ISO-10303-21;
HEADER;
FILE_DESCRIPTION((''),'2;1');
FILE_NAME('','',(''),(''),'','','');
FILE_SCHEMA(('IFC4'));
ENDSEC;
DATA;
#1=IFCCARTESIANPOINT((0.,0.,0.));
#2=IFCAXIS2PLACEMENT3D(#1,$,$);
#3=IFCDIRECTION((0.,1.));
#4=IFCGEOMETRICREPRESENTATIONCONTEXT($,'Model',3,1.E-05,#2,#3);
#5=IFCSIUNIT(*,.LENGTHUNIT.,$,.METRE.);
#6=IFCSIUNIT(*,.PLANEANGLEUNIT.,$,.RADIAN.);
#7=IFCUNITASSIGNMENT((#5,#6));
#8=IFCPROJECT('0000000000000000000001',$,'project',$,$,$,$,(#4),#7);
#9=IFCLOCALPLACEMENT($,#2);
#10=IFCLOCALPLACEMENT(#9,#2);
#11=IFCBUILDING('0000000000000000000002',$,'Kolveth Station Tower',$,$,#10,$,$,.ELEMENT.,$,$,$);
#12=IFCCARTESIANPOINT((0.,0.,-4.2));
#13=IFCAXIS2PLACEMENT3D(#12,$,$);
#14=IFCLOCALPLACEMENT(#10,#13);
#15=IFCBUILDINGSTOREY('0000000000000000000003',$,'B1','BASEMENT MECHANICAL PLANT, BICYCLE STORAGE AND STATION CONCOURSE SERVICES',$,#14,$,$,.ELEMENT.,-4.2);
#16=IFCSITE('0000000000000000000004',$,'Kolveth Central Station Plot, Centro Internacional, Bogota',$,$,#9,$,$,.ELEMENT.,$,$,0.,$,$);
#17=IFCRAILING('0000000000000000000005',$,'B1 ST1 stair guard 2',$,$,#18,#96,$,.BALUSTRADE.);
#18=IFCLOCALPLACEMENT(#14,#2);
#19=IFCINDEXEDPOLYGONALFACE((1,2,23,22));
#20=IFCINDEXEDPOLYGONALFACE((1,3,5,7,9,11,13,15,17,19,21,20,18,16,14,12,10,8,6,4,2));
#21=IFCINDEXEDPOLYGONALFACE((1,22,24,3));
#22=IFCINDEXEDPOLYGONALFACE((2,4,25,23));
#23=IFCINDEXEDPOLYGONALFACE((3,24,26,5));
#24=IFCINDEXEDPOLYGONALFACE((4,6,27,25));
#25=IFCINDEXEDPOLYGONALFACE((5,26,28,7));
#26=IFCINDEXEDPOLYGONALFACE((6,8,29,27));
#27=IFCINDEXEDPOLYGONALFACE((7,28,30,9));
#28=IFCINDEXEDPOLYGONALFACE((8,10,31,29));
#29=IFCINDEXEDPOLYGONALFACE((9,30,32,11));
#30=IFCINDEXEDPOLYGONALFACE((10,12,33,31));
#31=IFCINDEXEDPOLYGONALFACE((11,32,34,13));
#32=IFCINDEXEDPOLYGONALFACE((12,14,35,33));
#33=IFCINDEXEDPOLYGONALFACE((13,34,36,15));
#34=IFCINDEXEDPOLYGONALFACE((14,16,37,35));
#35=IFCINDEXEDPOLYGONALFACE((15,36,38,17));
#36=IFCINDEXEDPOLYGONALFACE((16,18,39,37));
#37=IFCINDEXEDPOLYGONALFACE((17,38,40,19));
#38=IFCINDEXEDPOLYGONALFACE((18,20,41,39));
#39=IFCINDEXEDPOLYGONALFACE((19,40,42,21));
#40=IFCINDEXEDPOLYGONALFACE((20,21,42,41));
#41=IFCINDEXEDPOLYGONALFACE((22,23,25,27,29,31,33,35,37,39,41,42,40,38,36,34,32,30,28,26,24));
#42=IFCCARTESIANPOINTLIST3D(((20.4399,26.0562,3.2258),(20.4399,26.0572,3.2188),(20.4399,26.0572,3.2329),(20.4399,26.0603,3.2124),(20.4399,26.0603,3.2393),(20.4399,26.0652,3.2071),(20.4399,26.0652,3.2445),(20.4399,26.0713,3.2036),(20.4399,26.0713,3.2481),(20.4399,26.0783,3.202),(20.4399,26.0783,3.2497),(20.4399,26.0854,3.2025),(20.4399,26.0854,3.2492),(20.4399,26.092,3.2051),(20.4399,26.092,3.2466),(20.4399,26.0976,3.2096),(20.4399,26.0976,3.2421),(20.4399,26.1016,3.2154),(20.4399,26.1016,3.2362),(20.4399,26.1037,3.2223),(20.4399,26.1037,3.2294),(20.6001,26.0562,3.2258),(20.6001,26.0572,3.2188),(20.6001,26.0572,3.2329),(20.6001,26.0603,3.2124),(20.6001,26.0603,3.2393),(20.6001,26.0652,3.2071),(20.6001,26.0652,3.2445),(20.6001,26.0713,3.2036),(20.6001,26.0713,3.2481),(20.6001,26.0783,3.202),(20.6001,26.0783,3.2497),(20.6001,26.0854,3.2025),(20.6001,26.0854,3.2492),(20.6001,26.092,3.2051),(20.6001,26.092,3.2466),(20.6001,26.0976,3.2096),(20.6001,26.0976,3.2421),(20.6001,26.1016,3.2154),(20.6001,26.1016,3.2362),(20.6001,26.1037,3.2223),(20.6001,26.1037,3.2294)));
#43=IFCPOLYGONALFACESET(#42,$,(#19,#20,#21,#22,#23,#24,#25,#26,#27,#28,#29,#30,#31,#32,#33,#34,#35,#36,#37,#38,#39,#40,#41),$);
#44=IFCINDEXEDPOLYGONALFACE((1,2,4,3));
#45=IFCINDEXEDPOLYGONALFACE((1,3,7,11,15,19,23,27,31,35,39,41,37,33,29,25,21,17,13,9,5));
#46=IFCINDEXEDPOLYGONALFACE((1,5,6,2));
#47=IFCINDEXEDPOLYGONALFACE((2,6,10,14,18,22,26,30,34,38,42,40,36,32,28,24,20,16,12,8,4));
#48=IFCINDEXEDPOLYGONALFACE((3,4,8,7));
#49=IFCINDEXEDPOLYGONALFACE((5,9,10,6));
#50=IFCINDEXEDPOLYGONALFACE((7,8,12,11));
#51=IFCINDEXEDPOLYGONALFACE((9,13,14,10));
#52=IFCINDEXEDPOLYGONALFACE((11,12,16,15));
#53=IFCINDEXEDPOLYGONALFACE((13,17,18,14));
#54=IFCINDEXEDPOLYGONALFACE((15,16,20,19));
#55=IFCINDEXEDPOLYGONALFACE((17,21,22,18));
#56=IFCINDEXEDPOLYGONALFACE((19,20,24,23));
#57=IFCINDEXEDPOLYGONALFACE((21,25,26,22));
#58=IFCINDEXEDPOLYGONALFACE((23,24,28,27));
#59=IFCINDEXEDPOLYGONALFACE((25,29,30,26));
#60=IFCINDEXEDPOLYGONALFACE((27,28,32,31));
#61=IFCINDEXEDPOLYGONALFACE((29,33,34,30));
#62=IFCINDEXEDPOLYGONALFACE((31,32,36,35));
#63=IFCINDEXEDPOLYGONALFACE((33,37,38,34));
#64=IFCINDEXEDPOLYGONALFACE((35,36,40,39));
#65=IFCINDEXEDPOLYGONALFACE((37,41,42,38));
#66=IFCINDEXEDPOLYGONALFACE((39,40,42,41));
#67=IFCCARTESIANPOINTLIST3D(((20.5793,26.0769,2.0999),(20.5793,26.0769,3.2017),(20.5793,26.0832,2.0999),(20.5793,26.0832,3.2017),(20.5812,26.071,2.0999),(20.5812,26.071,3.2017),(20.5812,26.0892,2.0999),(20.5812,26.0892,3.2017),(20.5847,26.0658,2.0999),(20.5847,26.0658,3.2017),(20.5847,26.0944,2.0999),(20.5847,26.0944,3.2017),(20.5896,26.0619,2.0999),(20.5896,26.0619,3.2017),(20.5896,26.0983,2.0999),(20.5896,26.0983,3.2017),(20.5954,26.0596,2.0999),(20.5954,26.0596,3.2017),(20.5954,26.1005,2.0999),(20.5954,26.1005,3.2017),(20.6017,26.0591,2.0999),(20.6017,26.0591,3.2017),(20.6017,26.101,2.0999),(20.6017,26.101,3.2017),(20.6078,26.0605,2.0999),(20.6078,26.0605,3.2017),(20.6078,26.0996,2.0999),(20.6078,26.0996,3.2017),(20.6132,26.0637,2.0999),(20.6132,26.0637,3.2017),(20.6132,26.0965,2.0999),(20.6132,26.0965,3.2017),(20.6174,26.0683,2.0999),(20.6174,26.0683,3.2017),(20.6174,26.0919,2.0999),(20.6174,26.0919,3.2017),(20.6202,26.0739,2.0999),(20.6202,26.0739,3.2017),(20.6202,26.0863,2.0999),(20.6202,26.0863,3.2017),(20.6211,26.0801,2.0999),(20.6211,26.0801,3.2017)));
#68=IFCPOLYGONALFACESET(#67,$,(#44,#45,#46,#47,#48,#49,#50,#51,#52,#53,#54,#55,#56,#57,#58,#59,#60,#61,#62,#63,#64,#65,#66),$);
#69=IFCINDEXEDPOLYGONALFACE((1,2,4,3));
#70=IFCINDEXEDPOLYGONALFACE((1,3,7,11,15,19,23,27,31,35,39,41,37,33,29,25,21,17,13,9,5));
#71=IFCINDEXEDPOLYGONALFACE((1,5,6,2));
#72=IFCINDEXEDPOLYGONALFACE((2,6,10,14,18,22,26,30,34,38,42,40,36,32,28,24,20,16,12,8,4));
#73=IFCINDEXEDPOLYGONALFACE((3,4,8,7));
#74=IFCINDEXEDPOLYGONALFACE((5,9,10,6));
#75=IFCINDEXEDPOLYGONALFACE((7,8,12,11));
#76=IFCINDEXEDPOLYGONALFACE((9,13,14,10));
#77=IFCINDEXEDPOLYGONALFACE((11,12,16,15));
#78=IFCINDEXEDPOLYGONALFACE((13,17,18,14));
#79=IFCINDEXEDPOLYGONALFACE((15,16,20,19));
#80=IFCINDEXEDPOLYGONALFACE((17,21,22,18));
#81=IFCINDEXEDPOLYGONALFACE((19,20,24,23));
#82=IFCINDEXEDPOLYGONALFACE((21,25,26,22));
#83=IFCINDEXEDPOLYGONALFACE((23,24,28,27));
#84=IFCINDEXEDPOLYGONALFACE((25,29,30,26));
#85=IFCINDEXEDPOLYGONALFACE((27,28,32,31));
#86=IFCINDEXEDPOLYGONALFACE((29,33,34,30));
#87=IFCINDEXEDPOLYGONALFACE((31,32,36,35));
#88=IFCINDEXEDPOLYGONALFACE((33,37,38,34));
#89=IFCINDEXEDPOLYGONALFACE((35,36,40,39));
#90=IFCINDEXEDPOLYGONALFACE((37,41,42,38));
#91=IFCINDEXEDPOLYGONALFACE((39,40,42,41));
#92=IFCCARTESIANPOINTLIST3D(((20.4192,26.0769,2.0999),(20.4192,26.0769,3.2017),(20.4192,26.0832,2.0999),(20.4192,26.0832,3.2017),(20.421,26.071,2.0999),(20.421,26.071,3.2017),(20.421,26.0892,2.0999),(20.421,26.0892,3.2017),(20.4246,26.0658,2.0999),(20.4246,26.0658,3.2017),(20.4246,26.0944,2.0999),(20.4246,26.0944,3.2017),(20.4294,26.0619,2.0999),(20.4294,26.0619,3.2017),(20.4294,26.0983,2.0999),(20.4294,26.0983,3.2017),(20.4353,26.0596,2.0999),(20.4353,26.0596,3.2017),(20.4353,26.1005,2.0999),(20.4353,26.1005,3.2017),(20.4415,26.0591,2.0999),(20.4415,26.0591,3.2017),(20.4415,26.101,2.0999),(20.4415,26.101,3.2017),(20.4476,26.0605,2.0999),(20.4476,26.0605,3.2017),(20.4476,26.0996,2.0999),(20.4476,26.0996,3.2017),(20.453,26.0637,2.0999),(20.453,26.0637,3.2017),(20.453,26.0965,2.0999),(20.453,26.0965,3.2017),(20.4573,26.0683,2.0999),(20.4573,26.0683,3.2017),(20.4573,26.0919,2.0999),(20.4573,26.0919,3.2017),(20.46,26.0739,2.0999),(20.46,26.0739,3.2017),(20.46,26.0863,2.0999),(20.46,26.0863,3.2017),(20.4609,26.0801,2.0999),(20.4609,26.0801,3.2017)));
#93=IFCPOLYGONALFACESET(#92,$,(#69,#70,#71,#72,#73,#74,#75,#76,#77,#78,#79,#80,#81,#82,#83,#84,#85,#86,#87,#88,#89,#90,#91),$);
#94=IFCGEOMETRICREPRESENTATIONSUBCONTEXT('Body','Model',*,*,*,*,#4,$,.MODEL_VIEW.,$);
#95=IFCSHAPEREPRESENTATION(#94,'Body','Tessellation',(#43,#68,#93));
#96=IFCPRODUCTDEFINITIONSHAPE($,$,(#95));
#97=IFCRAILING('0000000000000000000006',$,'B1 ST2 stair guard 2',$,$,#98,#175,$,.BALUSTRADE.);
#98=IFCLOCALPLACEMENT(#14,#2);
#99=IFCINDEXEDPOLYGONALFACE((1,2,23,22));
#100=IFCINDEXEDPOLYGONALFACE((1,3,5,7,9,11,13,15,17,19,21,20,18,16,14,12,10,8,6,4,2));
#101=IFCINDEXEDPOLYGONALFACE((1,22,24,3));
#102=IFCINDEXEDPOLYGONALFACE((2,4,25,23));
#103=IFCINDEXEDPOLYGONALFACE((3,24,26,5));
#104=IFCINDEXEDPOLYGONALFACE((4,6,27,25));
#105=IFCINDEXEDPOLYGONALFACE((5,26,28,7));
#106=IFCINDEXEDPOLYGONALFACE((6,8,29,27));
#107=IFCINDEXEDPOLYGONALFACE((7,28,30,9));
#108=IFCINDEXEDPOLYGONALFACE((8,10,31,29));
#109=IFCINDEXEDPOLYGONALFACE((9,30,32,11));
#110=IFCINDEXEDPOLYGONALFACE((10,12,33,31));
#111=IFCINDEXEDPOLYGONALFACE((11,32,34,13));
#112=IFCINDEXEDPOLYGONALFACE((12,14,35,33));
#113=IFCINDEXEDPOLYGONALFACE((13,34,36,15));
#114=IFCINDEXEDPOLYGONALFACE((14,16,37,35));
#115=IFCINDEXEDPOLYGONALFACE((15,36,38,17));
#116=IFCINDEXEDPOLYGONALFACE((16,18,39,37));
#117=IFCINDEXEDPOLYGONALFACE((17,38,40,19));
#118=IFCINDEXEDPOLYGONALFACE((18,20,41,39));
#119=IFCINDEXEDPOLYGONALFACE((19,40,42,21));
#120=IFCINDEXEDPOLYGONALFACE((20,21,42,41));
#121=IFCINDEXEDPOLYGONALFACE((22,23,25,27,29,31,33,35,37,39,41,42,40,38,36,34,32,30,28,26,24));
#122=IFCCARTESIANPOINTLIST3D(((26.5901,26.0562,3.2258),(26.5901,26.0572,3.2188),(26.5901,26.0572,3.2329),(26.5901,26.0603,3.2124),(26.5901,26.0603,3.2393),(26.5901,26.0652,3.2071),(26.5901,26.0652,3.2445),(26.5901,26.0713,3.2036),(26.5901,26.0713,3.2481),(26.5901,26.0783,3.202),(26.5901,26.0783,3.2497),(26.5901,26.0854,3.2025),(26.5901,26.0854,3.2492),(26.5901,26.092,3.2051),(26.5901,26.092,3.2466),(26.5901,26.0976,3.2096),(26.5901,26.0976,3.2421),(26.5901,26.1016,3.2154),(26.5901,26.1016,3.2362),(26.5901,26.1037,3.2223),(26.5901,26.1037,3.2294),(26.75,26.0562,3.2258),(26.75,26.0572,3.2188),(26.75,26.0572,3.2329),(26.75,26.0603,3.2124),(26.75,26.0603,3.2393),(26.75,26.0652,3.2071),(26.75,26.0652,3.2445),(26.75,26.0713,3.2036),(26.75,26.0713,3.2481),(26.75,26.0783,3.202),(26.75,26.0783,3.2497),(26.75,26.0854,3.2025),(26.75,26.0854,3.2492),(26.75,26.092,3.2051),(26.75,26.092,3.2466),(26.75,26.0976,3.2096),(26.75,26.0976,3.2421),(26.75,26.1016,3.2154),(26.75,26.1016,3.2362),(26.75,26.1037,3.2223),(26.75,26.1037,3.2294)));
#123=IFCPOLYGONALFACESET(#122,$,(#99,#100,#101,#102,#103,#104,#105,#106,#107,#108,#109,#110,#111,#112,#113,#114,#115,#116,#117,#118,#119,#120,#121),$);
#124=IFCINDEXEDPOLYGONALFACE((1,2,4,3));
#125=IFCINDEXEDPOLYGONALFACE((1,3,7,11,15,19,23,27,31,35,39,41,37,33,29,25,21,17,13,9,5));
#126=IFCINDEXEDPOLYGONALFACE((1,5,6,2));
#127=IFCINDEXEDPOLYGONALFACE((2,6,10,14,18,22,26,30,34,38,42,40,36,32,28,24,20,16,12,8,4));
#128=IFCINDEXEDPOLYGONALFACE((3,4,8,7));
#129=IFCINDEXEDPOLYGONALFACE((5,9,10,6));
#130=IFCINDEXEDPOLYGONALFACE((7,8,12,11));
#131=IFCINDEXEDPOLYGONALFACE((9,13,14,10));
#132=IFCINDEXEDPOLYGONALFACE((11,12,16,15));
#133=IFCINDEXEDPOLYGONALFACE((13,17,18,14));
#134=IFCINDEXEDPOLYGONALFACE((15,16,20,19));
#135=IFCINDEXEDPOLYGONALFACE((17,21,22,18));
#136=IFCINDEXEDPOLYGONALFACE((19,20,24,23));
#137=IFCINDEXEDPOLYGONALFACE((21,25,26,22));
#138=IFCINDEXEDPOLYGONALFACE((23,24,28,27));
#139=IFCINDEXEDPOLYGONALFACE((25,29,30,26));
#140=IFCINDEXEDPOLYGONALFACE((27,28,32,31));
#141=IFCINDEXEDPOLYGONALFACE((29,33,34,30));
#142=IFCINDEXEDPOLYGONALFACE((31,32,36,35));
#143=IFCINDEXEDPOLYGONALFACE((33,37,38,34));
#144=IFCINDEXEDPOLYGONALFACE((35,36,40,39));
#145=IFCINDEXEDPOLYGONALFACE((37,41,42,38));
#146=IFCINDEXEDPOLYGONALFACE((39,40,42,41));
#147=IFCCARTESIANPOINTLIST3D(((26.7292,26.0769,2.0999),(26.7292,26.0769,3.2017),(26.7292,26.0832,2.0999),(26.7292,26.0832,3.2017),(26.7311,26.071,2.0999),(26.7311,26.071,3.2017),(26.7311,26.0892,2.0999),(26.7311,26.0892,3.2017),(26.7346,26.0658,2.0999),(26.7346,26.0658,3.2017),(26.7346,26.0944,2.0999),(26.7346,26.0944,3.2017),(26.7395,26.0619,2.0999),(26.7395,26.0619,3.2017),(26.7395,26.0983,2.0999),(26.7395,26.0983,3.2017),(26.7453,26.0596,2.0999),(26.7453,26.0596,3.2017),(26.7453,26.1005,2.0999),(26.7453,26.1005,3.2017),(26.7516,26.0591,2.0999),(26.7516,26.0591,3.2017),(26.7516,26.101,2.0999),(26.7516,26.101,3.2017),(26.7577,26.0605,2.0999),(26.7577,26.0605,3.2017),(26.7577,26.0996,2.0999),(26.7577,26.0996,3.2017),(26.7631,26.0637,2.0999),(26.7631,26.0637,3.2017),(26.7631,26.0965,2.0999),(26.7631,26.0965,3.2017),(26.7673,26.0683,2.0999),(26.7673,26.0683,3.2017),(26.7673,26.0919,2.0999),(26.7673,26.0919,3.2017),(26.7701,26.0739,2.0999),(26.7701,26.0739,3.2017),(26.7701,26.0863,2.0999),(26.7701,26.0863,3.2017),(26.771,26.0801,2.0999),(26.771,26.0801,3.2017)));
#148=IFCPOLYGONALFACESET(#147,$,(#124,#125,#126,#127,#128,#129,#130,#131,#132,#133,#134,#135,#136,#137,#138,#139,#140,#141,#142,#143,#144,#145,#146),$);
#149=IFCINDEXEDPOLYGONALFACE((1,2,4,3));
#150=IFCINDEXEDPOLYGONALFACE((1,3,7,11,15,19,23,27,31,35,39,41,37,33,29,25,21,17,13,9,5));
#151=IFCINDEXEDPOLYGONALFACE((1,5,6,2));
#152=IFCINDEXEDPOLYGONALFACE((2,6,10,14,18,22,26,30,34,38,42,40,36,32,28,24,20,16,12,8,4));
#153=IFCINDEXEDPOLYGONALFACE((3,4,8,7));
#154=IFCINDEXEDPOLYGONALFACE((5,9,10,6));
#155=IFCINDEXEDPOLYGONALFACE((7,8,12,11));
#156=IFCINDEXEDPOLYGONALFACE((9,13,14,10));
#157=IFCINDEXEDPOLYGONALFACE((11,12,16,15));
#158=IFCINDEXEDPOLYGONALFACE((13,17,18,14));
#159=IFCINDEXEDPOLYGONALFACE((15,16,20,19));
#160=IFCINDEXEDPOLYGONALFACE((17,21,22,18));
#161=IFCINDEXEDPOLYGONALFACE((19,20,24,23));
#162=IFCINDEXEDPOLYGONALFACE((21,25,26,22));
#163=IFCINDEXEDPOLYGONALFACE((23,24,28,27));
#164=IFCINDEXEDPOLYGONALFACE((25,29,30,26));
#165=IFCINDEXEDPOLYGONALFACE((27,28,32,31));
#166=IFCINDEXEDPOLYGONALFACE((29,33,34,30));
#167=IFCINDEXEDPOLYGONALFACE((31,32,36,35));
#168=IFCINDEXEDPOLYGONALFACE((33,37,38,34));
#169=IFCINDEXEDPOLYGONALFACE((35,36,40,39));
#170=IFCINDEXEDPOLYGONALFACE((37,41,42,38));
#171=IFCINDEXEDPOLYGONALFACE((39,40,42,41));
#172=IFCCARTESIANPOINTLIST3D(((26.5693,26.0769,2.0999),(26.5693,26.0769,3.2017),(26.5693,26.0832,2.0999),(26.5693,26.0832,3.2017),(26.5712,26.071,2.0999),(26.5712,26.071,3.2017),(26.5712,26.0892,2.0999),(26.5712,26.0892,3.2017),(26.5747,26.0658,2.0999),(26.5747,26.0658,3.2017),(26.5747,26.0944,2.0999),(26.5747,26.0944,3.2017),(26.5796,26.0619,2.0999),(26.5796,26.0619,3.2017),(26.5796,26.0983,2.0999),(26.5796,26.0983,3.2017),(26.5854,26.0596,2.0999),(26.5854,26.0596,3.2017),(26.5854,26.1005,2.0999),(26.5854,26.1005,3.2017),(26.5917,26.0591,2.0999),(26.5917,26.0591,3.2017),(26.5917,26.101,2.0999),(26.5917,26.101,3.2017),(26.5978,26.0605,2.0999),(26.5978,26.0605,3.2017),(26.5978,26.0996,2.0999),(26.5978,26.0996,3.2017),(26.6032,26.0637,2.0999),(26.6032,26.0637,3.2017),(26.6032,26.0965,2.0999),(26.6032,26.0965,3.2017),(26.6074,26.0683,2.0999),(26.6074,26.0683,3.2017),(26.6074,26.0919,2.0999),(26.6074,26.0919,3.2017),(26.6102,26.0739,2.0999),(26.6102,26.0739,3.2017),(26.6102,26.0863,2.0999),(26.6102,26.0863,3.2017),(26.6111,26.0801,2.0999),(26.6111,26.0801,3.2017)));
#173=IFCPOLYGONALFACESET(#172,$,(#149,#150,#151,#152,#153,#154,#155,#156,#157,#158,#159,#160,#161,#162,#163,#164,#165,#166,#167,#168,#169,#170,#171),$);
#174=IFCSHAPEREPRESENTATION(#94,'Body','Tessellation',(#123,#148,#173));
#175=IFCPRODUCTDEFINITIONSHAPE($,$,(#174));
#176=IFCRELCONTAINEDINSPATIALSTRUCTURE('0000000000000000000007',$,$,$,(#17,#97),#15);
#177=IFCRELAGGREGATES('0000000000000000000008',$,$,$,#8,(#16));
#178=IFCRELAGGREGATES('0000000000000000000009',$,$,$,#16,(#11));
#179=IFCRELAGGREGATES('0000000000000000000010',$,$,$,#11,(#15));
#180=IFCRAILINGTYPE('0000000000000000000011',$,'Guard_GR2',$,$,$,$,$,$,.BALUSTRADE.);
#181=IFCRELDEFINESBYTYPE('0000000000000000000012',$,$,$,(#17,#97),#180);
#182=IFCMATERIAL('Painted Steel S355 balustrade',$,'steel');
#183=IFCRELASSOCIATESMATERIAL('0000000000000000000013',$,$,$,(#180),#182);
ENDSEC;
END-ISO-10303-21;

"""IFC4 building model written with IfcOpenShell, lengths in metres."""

from ifc_helpers import new_model, si_unit, direction, frame, origin, origin_2d, place, context, subcontext, project, spatial, circle, extrude, material, type_object, element, save


model = new_model("IFC4")

# Units and contexts
model_context = context("Model", 3, precision=1e-05, world=origin(), true_north=direction((0.0, 1.0)))
body_context = subcontext(model_context, "Body", "Model", "MODEL_VIEW")
ifc_project = project(units=[si_unit("LENGTHUNIT", "METRE"), si_unit("PLANEANGLEUNIT", "RADIAN")], contexts=[model_context])

# Site, building, storey
site_placement = place(None, origin())
site = spatial("IfcSite", under=ifc_project, at=site_placement, Name="Kolveth Central Station Plot, Centro Internacional, Bogota", CompositionType="ELEMENT", RefElevation=0.0)
building_placement = place(site_placement, origin())
building = spatial("IfcBuilding", under=site, at=building_placement, Name="Kolveth Station Tower", CompositionType="ELEMENT")
storey_placement = place(building_placement, frame((0.0, 0.0, -4.2)))
storey = spatial("IfcBuildingStorey", under=building, at=storey_placement, Name="B1", Description="BASEMENT MECHANICAL PLANT, BICYCLE STORAGE AND STATION CONCOURSE SERVICES", CompositionType="ELEMENT", Elevation=-4.2)

# Railings
ifc_material_1 = material(Name="Painted Steel S355 balustrade", Category="steel")
railing_type = type_object("IfcRailingType", Name="Guard_GR2", PredefinedType="BALUSTRADE", material=ifc_material_1)
railing_1_placement = place(storey_placement, frame((20.6001, 26.0801, 2.0999)))
element("IfcRailing", 1, at=railing_1_placement, inside=storey, type_object=railing_type, Name="B1 ST1 stair guard 2", PredefinedType="BALUSTRADE", context=body_context, shape_type="SweptSolid", body=[
    extrude(circle(Radius=0.0239, at=origin_2d()), frame((0.0, 0.0, 1.126), z_axis=(-1.0, 0.0, 0.0), x_axis=(0.0, -1.0, 0.0)), (0.0, 0.0, 1.0), 0.1602),
    extrude(circle(Radius=0.021, at=origin_2d()), origin(), (0.0, 0.0, 1.0), 1.1018),
    extrude(circle(Radius=0.021, at=origin_2d()), frame((-0.1602, 0.0, 0.0)), (0.0, 0.0, 1.0), 1.1018),
])
railing_2_placement = place(storey_placement, frame((26.75, 26.0801, 2.0999)))
element("IfcRailing", 2, at=railing_2_placement, inside=storey, type_object=railing_type, Name="B1 ST2 stair guard 2", PredefinedType="BALUSTRADE", context=body_context, shape_type="SweptSolid", body=[
    extrude(circle(Radius=0.0239, at=origin_2d()), frame((0.0, 0.0, 1.126), z_axis=(-1.0, 0.0, 0.0), x_axis=(0.0, -1.0, 0.0)), (0.0, 0.0, 1.0), 0.1599),
    extrude(circle(Radius=0.021, at=origin_2d()), origin(), (0.0, 0.0, 1.0), 1.1018),
    extrude(circle(Radius=0.021, at=origin_2d()), frame((-0.1599, 0.0, 0.0)), (0.0, 0.0, 1.0), 1.1018),
])

save(model, "model.ifc")
